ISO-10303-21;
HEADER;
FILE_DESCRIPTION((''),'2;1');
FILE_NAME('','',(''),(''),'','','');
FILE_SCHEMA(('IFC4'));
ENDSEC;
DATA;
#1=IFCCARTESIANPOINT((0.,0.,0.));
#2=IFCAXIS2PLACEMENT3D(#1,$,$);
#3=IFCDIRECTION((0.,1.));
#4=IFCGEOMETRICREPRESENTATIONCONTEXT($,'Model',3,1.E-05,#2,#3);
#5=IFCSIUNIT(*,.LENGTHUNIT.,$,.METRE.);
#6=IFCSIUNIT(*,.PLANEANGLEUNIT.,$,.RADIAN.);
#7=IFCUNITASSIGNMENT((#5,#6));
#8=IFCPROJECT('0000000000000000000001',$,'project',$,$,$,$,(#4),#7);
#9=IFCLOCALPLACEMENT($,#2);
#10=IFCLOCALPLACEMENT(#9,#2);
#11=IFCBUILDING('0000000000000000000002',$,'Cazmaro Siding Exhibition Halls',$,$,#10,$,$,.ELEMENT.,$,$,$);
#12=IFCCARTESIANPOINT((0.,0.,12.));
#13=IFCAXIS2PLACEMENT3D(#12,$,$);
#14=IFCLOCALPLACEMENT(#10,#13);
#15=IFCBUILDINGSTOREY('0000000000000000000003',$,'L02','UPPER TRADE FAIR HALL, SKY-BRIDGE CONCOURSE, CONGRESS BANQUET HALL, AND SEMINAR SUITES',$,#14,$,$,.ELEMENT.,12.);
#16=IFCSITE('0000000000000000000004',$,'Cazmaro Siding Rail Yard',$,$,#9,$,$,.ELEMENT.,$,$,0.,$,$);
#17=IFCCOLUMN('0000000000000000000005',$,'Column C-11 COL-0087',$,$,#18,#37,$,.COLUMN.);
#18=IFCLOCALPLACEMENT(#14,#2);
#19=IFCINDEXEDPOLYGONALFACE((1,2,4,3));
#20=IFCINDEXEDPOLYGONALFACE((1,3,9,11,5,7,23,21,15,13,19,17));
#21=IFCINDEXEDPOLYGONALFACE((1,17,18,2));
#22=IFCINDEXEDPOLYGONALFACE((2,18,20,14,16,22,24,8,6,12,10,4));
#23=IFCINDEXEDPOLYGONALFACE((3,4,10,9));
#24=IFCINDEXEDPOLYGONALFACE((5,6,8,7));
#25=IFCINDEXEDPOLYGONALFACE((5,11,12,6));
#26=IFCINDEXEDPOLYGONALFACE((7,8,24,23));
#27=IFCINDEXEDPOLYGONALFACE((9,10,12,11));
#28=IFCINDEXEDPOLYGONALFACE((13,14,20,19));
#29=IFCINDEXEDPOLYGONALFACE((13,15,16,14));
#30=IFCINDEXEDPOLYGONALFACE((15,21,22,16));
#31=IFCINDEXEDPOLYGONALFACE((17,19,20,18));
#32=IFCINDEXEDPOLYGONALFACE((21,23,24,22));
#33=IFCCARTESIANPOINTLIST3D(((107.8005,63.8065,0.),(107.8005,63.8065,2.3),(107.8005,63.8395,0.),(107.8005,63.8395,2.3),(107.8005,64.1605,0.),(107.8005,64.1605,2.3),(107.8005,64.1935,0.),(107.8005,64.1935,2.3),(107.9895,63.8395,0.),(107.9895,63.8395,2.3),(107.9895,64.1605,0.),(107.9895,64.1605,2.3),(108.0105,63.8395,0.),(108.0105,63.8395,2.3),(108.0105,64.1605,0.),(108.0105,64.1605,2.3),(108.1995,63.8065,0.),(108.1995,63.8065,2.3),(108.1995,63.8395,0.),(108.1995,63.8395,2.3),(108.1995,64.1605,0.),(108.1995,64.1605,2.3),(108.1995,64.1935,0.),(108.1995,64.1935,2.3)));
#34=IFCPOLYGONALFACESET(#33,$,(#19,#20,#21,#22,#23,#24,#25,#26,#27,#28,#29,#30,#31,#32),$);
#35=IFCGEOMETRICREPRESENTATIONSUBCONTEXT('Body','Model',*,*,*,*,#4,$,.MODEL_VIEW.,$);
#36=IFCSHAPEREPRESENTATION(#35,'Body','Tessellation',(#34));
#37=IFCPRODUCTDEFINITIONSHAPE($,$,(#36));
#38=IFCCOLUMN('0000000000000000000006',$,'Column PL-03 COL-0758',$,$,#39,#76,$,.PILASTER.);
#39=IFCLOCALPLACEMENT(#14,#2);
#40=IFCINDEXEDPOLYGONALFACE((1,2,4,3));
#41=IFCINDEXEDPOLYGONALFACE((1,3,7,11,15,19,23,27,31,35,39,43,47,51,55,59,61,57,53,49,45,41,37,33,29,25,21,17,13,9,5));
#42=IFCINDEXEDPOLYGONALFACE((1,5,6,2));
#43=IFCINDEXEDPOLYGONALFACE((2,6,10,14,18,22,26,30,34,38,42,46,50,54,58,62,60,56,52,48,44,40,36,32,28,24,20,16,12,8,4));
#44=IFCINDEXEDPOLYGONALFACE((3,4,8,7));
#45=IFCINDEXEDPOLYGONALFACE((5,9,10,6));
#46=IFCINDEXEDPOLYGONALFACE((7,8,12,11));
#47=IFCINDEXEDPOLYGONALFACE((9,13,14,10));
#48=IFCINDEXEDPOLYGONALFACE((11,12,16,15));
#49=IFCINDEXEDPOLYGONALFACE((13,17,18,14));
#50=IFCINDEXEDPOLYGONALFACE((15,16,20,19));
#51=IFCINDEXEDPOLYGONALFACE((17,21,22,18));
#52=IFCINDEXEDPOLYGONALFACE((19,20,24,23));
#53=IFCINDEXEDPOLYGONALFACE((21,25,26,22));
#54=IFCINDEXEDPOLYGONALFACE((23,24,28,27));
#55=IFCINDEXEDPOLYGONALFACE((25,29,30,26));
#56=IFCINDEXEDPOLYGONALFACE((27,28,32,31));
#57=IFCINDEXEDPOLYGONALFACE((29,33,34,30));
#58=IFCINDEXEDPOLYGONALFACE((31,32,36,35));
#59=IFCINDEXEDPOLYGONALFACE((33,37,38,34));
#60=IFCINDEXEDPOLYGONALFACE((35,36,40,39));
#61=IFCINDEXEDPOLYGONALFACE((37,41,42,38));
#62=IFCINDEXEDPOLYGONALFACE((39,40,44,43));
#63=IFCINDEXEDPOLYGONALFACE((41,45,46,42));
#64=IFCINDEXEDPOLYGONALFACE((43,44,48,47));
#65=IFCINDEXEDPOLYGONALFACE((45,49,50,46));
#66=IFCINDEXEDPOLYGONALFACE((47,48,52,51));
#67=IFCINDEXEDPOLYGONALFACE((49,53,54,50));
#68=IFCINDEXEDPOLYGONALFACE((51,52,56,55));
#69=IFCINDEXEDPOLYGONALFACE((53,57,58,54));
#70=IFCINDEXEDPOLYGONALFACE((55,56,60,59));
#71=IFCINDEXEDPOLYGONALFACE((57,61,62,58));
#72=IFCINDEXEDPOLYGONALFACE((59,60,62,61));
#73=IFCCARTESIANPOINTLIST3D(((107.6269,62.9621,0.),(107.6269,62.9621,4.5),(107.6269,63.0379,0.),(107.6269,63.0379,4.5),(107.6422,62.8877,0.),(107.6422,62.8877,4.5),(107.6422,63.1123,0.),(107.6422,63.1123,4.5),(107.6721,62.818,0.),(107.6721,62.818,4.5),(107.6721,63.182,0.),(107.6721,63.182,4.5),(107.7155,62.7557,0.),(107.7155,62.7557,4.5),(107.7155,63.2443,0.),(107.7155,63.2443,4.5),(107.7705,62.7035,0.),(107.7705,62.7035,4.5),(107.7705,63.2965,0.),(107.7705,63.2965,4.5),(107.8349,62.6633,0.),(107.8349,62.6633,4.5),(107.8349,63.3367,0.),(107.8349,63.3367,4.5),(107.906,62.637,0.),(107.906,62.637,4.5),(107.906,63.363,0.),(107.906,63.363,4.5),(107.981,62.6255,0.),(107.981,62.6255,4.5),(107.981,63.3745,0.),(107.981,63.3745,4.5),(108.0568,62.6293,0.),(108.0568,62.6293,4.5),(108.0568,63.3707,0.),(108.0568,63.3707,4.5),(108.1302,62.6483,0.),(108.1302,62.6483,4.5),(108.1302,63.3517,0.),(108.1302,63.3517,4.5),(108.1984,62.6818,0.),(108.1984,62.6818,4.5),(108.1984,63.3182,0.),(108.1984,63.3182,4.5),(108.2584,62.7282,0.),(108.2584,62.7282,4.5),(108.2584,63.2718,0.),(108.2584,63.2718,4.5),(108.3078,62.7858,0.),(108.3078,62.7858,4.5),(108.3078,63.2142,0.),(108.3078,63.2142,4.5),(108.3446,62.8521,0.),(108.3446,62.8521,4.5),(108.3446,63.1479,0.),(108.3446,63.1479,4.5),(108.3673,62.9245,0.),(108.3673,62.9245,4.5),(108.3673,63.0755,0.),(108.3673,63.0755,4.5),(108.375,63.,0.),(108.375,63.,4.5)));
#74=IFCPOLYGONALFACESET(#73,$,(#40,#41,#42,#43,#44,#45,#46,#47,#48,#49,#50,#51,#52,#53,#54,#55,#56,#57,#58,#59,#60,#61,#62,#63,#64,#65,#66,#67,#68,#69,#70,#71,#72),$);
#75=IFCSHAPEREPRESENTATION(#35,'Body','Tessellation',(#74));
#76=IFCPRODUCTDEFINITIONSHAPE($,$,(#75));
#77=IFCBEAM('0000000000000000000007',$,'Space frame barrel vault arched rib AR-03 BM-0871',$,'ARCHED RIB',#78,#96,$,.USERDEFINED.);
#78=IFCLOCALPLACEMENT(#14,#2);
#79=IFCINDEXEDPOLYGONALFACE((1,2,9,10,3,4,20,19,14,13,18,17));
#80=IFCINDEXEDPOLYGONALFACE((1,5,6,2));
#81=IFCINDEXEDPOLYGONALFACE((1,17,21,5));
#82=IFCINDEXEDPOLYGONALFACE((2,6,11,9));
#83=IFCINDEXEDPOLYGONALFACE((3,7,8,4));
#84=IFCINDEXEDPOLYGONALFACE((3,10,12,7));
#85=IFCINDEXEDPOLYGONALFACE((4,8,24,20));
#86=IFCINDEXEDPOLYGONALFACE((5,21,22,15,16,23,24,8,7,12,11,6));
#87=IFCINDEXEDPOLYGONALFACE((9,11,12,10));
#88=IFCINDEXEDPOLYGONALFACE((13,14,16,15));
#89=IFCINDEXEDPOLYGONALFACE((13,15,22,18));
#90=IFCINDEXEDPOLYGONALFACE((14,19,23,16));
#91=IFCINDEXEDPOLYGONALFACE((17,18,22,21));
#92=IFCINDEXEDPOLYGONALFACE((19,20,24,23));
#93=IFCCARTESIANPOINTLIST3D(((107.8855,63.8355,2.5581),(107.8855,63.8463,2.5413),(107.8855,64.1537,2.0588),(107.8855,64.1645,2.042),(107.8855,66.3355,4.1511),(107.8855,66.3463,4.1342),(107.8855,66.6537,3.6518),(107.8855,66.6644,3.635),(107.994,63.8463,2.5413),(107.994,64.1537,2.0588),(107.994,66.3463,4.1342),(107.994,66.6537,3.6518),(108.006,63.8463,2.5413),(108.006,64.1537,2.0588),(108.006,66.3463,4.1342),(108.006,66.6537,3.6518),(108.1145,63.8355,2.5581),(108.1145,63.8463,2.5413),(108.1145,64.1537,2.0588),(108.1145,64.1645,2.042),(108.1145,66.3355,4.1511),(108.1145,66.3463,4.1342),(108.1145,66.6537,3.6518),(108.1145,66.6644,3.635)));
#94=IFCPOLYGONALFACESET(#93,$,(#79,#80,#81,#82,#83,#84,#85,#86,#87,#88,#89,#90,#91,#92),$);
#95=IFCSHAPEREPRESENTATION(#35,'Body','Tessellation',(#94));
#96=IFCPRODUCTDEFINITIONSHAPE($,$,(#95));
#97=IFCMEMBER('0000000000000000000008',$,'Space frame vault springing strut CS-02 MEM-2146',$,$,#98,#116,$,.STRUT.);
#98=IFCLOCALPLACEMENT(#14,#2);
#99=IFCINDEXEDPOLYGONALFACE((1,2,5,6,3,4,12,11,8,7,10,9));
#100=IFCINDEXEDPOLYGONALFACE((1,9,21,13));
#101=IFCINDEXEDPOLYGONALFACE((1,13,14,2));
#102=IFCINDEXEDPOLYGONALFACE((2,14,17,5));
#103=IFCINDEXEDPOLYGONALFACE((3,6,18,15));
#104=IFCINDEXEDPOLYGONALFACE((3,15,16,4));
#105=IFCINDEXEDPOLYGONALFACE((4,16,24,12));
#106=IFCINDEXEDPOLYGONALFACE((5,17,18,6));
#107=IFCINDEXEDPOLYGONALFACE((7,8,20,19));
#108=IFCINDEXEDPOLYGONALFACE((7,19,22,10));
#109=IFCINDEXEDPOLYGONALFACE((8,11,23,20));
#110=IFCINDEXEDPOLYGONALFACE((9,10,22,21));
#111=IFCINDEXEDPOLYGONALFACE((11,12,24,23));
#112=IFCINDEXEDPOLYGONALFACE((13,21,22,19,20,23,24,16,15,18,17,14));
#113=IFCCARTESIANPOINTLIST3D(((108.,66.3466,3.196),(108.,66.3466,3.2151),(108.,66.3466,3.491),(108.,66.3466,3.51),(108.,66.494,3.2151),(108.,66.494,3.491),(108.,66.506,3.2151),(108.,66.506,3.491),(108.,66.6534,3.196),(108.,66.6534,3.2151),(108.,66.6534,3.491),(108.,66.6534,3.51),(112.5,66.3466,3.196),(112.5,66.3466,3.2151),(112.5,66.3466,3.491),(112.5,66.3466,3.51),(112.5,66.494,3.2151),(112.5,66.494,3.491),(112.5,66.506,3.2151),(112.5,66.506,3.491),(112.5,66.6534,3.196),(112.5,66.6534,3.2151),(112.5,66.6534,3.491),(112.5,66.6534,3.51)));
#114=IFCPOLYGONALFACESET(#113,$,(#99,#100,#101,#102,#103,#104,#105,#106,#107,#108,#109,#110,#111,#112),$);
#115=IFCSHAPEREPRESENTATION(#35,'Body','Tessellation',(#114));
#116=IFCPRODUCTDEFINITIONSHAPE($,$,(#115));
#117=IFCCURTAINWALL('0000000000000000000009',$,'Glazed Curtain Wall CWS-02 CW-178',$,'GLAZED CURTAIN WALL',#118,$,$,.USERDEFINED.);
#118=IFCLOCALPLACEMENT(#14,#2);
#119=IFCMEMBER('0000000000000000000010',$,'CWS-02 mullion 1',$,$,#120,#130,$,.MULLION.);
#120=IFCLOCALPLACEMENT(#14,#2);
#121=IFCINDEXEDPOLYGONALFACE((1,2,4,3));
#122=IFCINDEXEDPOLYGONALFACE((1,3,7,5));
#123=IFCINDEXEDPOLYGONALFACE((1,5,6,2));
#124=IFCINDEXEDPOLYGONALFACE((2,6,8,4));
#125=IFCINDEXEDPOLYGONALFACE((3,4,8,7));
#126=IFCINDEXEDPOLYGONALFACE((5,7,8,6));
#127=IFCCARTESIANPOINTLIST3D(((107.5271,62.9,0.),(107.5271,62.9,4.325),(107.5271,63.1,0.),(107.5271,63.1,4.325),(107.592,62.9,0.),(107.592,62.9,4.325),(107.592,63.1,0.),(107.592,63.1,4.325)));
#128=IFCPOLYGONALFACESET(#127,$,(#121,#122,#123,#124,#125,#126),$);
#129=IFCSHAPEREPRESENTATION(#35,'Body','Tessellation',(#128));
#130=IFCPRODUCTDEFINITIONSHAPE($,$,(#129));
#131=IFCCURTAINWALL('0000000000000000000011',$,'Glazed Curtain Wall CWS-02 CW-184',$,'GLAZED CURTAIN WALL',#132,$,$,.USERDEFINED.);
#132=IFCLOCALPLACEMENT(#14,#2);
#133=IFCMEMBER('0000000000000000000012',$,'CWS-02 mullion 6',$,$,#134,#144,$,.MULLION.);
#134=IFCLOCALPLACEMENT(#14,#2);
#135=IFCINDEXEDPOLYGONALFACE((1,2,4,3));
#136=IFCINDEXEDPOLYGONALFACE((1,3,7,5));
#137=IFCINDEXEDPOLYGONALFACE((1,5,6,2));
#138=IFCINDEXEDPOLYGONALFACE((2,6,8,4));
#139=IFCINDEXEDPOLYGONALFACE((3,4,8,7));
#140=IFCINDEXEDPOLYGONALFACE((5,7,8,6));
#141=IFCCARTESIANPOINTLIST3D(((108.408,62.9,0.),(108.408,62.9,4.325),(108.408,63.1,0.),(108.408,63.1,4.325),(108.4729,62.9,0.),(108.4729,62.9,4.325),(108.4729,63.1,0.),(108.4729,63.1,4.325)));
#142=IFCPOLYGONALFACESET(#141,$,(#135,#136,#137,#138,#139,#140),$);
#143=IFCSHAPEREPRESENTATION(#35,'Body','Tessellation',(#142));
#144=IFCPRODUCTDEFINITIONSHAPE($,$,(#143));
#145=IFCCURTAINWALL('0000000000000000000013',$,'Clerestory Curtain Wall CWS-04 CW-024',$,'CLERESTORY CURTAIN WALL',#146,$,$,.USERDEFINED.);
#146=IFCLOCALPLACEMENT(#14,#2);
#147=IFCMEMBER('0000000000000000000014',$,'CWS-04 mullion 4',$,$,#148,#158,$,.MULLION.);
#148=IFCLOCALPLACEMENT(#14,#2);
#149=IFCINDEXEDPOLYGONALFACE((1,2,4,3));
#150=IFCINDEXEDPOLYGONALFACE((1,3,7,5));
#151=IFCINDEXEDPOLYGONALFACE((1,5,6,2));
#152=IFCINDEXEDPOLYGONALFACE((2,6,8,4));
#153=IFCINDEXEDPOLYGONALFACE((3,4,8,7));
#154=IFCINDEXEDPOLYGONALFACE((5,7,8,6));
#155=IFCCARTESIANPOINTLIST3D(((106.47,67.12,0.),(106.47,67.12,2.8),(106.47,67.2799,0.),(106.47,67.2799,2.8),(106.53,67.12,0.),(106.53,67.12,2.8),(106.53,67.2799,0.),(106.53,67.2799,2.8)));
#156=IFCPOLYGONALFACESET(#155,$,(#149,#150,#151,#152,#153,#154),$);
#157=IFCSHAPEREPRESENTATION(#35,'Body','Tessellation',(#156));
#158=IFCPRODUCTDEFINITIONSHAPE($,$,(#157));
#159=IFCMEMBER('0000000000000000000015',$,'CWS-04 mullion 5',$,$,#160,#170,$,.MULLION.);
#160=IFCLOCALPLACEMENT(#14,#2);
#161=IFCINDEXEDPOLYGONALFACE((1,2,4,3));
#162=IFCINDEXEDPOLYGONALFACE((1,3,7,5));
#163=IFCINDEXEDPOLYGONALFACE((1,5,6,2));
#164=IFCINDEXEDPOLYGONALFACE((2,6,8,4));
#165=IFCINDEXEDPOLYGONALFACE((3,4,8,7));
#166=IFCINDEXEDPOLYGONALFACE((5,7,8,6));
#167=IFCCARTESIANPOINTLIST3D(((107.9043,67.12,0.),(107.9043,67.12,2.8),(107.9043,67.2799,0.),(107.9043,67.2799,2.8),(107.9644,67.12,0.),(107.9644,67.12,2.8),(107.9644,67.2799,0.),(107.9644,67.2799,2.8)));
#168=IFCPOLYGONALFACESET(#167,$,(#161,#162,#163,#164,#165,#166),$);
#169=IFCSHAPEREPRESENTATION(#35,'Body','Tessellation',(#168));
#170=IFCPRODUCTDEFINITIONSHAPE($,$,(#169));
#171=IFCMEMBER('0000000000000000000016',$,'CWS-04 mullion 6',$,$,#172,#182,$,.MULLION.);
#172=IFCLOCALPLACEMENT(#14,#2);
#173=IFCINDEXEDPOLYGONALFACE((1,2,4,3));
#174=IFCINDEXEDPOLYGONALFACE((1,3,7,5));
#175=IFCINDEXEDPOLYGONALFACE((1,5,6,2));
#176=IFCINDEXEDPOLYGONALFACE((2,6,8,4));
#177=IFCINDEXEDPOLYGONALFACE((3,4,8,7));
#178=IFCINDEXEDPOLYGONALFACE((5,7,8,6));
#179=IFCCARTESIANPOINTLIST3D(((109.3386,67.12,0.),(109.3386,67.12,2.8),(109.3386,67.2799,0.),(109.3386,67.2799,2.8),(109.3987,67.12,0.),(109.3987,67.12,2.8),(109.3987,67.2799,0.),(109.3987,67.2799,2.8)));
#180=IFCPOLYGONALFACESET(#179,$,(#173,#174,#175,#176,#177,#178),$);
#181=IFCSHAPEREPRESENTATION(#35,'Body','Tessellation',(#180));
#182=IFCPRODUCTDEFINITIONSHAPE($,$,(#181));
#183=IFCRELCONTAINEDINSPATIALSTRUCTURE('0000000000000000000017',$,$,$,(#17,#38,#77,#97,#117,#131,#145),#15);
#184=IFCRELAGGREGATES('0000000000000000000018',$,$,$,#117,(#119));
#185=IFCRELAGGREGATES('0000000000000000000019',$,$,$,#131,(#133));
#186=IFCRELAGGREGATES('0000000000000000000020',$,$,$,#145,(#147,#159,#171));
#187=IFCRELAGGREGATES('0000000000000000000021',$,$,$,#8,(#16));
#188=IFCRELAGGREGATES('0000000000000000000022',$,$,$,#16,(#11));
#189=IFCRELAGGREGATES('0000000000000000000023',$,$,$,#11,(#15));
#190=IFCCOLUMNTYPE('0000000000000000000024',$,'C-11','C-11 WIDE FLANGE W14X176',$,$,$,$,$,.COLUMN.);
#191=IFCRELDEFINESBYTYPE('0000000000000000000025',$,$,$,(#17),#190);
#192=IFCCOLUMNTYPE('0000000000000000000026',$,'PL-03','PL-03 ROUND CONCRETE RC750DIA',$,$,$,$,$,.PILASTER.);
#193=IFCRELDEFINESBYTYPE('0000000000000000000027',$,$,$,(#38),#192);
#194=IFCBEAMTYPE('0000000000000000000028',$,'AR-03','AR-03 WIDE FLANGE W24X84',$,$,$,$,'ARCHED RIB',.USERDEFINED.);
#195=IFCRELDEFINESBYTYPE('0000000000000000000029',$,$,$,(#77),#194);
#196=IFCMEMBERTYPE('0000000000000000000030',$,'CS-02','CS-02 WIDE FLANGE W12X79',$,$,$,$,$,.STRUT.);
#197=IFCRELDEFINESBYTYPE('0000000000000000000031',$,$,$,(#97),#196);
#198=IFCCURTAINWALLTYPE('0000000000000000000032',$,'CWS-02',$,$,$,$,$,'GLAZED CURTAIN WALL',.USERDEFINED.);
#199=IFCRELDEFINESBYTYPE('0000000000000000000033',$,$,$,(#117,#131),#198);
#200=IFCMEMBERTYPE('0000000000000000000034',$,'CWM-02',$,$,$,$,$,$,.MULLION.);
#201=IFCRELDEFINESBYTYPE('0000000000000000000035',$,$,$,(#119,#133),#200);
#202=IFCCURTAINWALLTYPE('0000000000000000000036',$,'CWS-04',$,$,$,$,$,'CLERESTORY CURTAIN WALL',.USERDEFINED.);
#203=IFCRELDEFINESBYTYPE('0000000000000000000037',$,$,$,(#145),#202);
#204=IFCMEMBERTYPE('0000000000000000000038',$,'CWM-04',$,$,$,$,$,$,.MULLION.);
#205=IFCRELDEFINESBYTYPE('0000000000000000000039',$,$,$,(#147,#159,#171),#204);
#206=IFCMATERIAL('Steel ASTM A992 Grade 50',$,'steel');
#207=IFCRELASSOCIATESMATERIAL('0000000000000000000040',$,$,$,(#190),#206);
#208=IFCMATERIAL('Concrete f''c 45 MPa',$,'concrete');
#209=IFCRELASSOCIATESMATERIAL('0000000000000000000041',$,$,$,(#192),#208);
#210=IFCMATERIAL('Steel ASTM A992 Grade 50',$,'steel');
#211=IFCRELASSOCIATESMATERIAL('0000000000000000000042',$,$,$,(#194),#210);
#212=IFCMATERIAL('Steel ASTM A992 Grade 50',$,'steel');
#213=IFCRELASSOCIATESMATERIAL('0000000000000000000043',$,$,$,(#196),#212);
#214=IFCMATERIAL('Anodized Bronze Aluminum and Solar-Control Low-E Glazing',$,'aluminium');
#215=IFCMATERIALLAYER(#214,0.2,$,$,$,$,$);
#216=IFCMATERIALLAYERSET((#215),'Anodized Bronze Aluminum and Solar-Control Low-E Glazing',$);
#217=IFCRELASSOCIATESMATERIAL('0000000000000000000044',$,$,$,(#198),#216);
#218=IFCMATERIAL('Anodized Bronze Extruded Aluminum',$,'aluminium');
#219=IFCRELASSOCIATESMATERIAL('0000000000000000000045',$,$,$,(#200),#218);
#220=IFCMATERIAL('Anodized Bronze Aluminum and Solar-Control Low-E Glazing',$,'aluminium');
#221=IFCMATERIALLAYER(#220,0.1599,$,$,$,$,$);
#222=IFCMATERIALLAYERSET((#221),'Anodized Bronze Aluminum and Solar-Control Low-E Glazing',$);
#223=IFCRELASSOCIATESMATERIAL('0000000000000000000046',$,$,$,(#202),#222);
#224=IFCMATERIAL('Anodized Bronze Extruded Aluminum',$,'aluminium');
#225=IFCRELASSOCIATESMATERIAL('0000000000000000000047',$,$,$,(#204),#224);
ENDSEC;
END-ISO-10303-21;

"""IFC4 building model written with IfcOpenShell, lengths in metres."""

from ifc_helpers import new_model, si_unit, direction, frame, origin, origin_2d, place, context, subcontext, project, spatial, rectangle, circle, i_section, extrude, material, layer, layer_set, material_profile, profile_set, type_object, element, aggregate, save


model = new_model("IFC4")

# Units and contexts
model_context = context("Model", 3, precision=1e-05, world=origin(), true_north=direction((0.0, 1.0)))
body_context = subcontext(model_context, "Body", "Model", "MODEL_VIEW")
ifc_project = project(units=[si_unit("LENGTHUNIT", "METRE"), si_unit("PLANEANGLEUNIT", "RADIAN")], contexts=[model_context])

# Site, building, storey
site_placement = place(None, origin())
site = spatial("IfcSite", under=ifc_project, at=site_placement, Name="Cazmaro Siding Rail Yard", CompositionType="ELEMENT", RefElevation=0.0)
building_placement = place(site_placement, origin())
building = spatial("IfcBuilding", under=site, at=building_placement, Name="Cazmaro Siding Exhibition Halls", CompositionType="ELEMENT")
storey_placement = place(building_placement, frame((0.0, 0.0, 12.0)))
storey = spatial("IfcBuildingStorey", under=building, at=storey_placement, Name="L02", Description="UPPER TRADE FAIR HALL, SKY-BRIDGE CONCOURSE, CONGRESS BANQUET HALL, AND SEMINAR SUITES", CompositionType="ELEMENT", Elevation=12.0)

# Columns
ifc_material_1 = material(Name="Steel ASTM A992 Grade 50", Category="steel")
ifc_material_profile_1 = material_profile(ifc_material_1, i_section(OverallWidth=0.3989, OverallDepth=0.387, WebThickness=0.021, FlangeThickness=0.033, at=origin_2d()), Name="W14X176")
ifc_profile_set_1 = profile_set([ifc_material_profile_1], Name="Steel ASTM A992 Grade 50")
column_type_1 = type_object("IfcColumnType", Name="C-11", Description="C-11 WIDE FLANGE W14X176", PredefinedType="COLUMN", material=ifc_profile_set_1)
column_1_placement = place(storey_placement, frame((108.0, 64.0, 0.0), z_axis=(0.0, 0.0, 1.0), x_axis=(1.0, 0.0, 0.0)))
element("IfcColumn", 1, at=column_1_placement, inside=storey, type_object=column_type_1, Name="Column C-11 COL-0087", PredefinedType="COLUMN", context=body_context, shape_type="SweptSolid", body=[
    extrude(i_section(OverallWidth=0.3989, OverallDepth=0.387, WebThickness=0.021, FlangeThickness=0.033, at=origin_2d()), origin(), (0.0, 0.0, 1.0), 2.3),
])
ifc_material_2 = material(Name="Concrete f'c 45 MPa", Category="concrete")
ifc_material_profile_2 = material_profile(ifc_material_2, circle(Radius=0.375, at=origin_2d()), Name="RC750DIA")
ifc_profile_set_2 = profile_set([ifc_material_profile_2], Name="Concrete f'c 45 MPa")
column_type_2 = type_object("IfcColumnType", Name="PL-03", Description="PL-03 ROUND CONCRETE RC750DIA", PredefinedType="PILASTER", material=ifc_profile_set_2)
column_2_placement = place(storey_placement, frame((108.0, 63.0, 0.0), z_axis=(0.0, 0.0, 1.0), x_axis=(1.0, 0.0, 0.0)))
element("IfcColumn", 2, at=column_2_placement, inside=storey, type_object=column_type_2, Name="Column PL-03 COL-0758", PredefinedType="PILASTER", context=body_context, shape_type="SweptSolid", body=[
    extrude(circle(Radius=0.375, at=origin_2d()), origin(), (0.0, 0.0, 1.0), 4.5),
])

# Beam
ifc_material_3 = material(Name="Steel ASTM A992 Grade 50", Category="steel")
ifc_material_profile_3 = material_profile(ifc_material_3, i_section(OverallWidth=0.229, OverallDepth=0.6121, WebThickness=0.012, FlangeThickness=0.02, at=origin_2d()), Name="W24X84")
ifc_profile_set_3 = profile_set([ifc_material_profile_3], Name="Steel ASTM A992 Grade 50")
beam_type_1 = type_object("IfcBeamType", Name="AR-03", Description="AR-03 WIDE FLANGE W24X84", ElementType="ARCHED RIB", PredefinedType="USERDEFINED", material=ifc_profile_set_3)
beam_1_placement = place(storey_placement, frame((108.0, 64.0, 2.3), z_axis=(0.0, 0.843339, 0.537382), x_axis=(-1.0, 0.0, 0.0)))
element("IfcBeam", 3, at=beam_1_placement, inside=storey, type_object=beam_type_1, Name="Space frame barrel vault arched rib AR-03 BM-0871", ObjectType="ARCHED RIB", PredefinedType="USERDEFINED", context=body_context, shape_type="SweptSolid", body=[
    extrude(i_section(OverallWidth=0.229, OverallDepth=0.6121, WebThickness=0.012, FlangeThickness=0.02, at=origin_2d()), origin(), (0.0, 0.0, 1.0), 2.9644),
])

# Member
ifc_material_4 = material(Name="Steel ASTM A992 Grade 50", Category="steel")
ifc_material_profile_4 = material_profile(ifc_material_4, i_section(OverallWidth=0.3069, OverallDepth=0.314, WebThickness=0.012, FlangeThickness=0.019, at=origin_2d()), Name="W12X79")
ifc_profile_set_4 = profile_set([ifc_material_profile_4], Name="Steel ASTM A992 Grade 50")
member_type_1 = type_object("IfcMemberType", Name="CS-02", Description="CS-02 WIDE FLANGE W12X79", PredefinedType="STRUT", material=ifc_profile_set_4)
member_1_placement = place(storey_placement, frame((108.0, 66.5, 3.353), z_axis=(1.0, 0.0, 0.0), x_axis=(0.0, 1.0, 0.0)))
element("IfcMember", 4, at=member_1_placement, inside=storey, type_object=member_type_1, Name="Space frame vault springing strut CS-02 MEM-2146", PredefinedType="STRUT", context=body_context, shape_type="SweptSolid", body=[
    extrude(i_section(OverallWidth=0.3069, OverallDepth=0.314, WebThickness=0.012, FlangeThickness=0.019, at=origin_2d()), origin(), (0.0, 0.0, 1.0), 4.5),
])

# Curtain walls, members
ifc_material_5 = material(Name="Anodized Bronze Aluminum and Solar-Control Low-E Glazing", Category="aluminium")
ifc_layer_1 = layer(ifc_material_5, 0.2)
ifc_layer_set_1 = layer_set([ifc_layer_1], Name="Anodized Bronze Aluminum and Solar-Control Low-E Glazing")
curtain_wall_type_1 = type_object("IfcCurtainWallType", Name="CWS-02", ElementType="GLAZED CURTAIN WALL", PredefinedType="USERDEFINED", material=ifc_layer_set_1)
curtain_wall_1_placement = place(storey_placement, origin())
curtain_wall_1 = element("IfcCurtainWall", 5, at=curtain_wall_1_placement, inside=storey, type_object=curtain_wall_type_1, Name="Glazed Curtain Wall CWS-02 CW-178", ObjectType="GLAZED CURTAIN WALL", PredefinedType="USERDEFINED")
ifc_material_6 = material(Name="Anodized Bronze Extruded Aluminum", Category="aluminium")
ifc_material_profile_5 = material_profile(ifc_material_6, rectangle(XDim=0.2, YDim=0.0649, at=origin_2d()), Name="CWM-02")
ifc_profile_set_5 = profile_set([ifc_material_profile_5], Name="Anodized Bronze Extruded Aluminum")
member_type_2 = type_object("IfcMemberType", Name="CWM-02", PredefinedType="MULLION", material=ifc_profile_set_5)
member_2_placement = place(storey_placement, frame((107.5596, 63.0, 0.0), z_axis=(0.0, 0.0, 1.0), x_axis=(0.0, -1.0, 0.0)))
member_2 = element("IfcMember", 6, at=member_2_placement, type_object=member_type_2, Name="CWS-02 mullion 1", PredefinedType="MULLION", context=body_context, shape_type="SweptSolid", body=[
    extrude(rectangle(XDim=0.2, YDim=0.0649, at=origin_2d()), origin(), (0.0, 0.0, 1.0), 4.325),
])
curtain_wall_2_placement = place(storey_placement, origin())
curtain_wall_2 = element("IfcCurtainWall", 7, at=curtain_wall_2_placement, inside=storey, type_object=curtain_wall_type_1, Name="Glazed Curtain Wall CWS-02 CW-184", ObjectType="GLAZED CURTAIN WALL", PredefinedType="USERDEFINED")
member_3_placement = place(storey_placement, frame((108.4404, 63.0, 0.0), z_axis=(0.0, 0.0, 1.0), x_axis=(0.0, -1.0, 0.0)))
member_3 = element("IfcMember", 8, at=member_3_placement, type_object=member_type_2, Name="CWS-02 mullion 6", PredefinedType="MULLION", context=body_context, shape_type="SweptSolid", body=[
    extrude(rectangle(XDim=0.2, YDim=0.0649, at=origin_2d()), origin(), (0.0, 0.0, 1.0), 4.325),
])

# Curtain wall, members
ifc_material_7 = material(Name="Anodized Bronze Aluminum and Solar-Control Low-E Glazing", Category="aluminium")
ifc_layer_2 = layer(ifc_material_7, 0.1599)
ifc_layer_set_2 = layer_set([ifc_layer_2], Name="Anodized Bronze Aluminum and Solar-Control Low-E Glazing")
curtain_wall_type_2 = type_object("IfcCurtainWallType", Name="CWS-04", ElementType="CLERESTORY CURTAIN WALL", PredefinedType="USERDEFINED", material=ifc_layer_set_2)
curtain_wall_3_placement = place(storey_placement, origin())
curtain_wall_3 = element("IfcCurtainWall", 9, at=curtain_wall_3_placement, inside=storey, type_object=curtain_wall_type_2, Name="Clerestory Curtain Wall CWS-04 CW-024", ObjectType="CLERESTORY CURTAIN WALL", PredefinedType="USERDEFINED")
ifc_material_8 = material(Name="Anodized Bronze Extruded Aluminum", Category="aluminium")
ifc_material_profile_6 = material_profile(ifc_material_8, rectangle(XDim=0.1599, YDim=0.0601, at=origin_2d()), Name="CWM-04")
ifc_profile_set_6 = profile_set([ifc_material_profile_6], Name="Anodized Bronze Extruded Aluminum")
member_type_3 = type_object("IfcMemberType", Name="CWM-04", PredefinedType="MULLION", material=ifc_profile_set_6)
member_4_placement = place(storey_placement, frame((106.5, 67.2, 0.0), z_axis=(0.0, 0.0, 1.0), x_axis=(0.0, 1.0, 0.0)))
member_4 = element("IfcMember", 10, at=member_4_placement, type_object=member_type_3, Name="CWS-04 mullion 4", PredefinedType="MULLION", context=body_context, shape_type="SweptSolid", body=[
    extrude(rectangle(XDim=0.1599, YDim=0.0601, at=origin_2d()), origin(), (0.0, 0.0, 1.0), 2.8),
])
member_5_placement = place(storey_placement, frame((107.9343, 67.2, 0.0), z_axis=(0.0, 0.0, 1.0), x_axis=(0.0, 1.0, 0.0)))
member_5 = element("IfcMember", 11, at=member_5_placement, type_object=member_type_3, Name="CWS-04 mullion 5", PredefinedType="MULLION", context=body_context, shape_type="SweptSolid", body=[
    extrude(rectangle(XDim=0.1599, YDim=0.0601, at=origin_2d()), origin(), (0.0, 0.0, 1.0), 2.8),
])
member_6_placement = place(storey_placement, frame((109.3687, 67.2, 0.0), z_axis=(0.0, 0.0, 1.0), x_axis=(0.0, 1.0, 0.0)))
member_6 = element("IfcMember", 12, at=member_6_placement, type_object=member_type_3, Name="CWS-04 mullion 6", PredefinedType="MULLION", context=body_context, shape_type="SweptSolid", body=[
    extrude(rectangle(XDim=0.1599, YDim=0.0601, at=origin_2d()), origin(), (0.0, 0.0, 1.0), 2.8),
])

aggregate(curtain_wall_1, [member_2])
aggregate(curtain_wall_2, [member_3])
aggregate(curtain_wall_3, [member_4, member_5, member_6])

save(model, "model.ifc")
